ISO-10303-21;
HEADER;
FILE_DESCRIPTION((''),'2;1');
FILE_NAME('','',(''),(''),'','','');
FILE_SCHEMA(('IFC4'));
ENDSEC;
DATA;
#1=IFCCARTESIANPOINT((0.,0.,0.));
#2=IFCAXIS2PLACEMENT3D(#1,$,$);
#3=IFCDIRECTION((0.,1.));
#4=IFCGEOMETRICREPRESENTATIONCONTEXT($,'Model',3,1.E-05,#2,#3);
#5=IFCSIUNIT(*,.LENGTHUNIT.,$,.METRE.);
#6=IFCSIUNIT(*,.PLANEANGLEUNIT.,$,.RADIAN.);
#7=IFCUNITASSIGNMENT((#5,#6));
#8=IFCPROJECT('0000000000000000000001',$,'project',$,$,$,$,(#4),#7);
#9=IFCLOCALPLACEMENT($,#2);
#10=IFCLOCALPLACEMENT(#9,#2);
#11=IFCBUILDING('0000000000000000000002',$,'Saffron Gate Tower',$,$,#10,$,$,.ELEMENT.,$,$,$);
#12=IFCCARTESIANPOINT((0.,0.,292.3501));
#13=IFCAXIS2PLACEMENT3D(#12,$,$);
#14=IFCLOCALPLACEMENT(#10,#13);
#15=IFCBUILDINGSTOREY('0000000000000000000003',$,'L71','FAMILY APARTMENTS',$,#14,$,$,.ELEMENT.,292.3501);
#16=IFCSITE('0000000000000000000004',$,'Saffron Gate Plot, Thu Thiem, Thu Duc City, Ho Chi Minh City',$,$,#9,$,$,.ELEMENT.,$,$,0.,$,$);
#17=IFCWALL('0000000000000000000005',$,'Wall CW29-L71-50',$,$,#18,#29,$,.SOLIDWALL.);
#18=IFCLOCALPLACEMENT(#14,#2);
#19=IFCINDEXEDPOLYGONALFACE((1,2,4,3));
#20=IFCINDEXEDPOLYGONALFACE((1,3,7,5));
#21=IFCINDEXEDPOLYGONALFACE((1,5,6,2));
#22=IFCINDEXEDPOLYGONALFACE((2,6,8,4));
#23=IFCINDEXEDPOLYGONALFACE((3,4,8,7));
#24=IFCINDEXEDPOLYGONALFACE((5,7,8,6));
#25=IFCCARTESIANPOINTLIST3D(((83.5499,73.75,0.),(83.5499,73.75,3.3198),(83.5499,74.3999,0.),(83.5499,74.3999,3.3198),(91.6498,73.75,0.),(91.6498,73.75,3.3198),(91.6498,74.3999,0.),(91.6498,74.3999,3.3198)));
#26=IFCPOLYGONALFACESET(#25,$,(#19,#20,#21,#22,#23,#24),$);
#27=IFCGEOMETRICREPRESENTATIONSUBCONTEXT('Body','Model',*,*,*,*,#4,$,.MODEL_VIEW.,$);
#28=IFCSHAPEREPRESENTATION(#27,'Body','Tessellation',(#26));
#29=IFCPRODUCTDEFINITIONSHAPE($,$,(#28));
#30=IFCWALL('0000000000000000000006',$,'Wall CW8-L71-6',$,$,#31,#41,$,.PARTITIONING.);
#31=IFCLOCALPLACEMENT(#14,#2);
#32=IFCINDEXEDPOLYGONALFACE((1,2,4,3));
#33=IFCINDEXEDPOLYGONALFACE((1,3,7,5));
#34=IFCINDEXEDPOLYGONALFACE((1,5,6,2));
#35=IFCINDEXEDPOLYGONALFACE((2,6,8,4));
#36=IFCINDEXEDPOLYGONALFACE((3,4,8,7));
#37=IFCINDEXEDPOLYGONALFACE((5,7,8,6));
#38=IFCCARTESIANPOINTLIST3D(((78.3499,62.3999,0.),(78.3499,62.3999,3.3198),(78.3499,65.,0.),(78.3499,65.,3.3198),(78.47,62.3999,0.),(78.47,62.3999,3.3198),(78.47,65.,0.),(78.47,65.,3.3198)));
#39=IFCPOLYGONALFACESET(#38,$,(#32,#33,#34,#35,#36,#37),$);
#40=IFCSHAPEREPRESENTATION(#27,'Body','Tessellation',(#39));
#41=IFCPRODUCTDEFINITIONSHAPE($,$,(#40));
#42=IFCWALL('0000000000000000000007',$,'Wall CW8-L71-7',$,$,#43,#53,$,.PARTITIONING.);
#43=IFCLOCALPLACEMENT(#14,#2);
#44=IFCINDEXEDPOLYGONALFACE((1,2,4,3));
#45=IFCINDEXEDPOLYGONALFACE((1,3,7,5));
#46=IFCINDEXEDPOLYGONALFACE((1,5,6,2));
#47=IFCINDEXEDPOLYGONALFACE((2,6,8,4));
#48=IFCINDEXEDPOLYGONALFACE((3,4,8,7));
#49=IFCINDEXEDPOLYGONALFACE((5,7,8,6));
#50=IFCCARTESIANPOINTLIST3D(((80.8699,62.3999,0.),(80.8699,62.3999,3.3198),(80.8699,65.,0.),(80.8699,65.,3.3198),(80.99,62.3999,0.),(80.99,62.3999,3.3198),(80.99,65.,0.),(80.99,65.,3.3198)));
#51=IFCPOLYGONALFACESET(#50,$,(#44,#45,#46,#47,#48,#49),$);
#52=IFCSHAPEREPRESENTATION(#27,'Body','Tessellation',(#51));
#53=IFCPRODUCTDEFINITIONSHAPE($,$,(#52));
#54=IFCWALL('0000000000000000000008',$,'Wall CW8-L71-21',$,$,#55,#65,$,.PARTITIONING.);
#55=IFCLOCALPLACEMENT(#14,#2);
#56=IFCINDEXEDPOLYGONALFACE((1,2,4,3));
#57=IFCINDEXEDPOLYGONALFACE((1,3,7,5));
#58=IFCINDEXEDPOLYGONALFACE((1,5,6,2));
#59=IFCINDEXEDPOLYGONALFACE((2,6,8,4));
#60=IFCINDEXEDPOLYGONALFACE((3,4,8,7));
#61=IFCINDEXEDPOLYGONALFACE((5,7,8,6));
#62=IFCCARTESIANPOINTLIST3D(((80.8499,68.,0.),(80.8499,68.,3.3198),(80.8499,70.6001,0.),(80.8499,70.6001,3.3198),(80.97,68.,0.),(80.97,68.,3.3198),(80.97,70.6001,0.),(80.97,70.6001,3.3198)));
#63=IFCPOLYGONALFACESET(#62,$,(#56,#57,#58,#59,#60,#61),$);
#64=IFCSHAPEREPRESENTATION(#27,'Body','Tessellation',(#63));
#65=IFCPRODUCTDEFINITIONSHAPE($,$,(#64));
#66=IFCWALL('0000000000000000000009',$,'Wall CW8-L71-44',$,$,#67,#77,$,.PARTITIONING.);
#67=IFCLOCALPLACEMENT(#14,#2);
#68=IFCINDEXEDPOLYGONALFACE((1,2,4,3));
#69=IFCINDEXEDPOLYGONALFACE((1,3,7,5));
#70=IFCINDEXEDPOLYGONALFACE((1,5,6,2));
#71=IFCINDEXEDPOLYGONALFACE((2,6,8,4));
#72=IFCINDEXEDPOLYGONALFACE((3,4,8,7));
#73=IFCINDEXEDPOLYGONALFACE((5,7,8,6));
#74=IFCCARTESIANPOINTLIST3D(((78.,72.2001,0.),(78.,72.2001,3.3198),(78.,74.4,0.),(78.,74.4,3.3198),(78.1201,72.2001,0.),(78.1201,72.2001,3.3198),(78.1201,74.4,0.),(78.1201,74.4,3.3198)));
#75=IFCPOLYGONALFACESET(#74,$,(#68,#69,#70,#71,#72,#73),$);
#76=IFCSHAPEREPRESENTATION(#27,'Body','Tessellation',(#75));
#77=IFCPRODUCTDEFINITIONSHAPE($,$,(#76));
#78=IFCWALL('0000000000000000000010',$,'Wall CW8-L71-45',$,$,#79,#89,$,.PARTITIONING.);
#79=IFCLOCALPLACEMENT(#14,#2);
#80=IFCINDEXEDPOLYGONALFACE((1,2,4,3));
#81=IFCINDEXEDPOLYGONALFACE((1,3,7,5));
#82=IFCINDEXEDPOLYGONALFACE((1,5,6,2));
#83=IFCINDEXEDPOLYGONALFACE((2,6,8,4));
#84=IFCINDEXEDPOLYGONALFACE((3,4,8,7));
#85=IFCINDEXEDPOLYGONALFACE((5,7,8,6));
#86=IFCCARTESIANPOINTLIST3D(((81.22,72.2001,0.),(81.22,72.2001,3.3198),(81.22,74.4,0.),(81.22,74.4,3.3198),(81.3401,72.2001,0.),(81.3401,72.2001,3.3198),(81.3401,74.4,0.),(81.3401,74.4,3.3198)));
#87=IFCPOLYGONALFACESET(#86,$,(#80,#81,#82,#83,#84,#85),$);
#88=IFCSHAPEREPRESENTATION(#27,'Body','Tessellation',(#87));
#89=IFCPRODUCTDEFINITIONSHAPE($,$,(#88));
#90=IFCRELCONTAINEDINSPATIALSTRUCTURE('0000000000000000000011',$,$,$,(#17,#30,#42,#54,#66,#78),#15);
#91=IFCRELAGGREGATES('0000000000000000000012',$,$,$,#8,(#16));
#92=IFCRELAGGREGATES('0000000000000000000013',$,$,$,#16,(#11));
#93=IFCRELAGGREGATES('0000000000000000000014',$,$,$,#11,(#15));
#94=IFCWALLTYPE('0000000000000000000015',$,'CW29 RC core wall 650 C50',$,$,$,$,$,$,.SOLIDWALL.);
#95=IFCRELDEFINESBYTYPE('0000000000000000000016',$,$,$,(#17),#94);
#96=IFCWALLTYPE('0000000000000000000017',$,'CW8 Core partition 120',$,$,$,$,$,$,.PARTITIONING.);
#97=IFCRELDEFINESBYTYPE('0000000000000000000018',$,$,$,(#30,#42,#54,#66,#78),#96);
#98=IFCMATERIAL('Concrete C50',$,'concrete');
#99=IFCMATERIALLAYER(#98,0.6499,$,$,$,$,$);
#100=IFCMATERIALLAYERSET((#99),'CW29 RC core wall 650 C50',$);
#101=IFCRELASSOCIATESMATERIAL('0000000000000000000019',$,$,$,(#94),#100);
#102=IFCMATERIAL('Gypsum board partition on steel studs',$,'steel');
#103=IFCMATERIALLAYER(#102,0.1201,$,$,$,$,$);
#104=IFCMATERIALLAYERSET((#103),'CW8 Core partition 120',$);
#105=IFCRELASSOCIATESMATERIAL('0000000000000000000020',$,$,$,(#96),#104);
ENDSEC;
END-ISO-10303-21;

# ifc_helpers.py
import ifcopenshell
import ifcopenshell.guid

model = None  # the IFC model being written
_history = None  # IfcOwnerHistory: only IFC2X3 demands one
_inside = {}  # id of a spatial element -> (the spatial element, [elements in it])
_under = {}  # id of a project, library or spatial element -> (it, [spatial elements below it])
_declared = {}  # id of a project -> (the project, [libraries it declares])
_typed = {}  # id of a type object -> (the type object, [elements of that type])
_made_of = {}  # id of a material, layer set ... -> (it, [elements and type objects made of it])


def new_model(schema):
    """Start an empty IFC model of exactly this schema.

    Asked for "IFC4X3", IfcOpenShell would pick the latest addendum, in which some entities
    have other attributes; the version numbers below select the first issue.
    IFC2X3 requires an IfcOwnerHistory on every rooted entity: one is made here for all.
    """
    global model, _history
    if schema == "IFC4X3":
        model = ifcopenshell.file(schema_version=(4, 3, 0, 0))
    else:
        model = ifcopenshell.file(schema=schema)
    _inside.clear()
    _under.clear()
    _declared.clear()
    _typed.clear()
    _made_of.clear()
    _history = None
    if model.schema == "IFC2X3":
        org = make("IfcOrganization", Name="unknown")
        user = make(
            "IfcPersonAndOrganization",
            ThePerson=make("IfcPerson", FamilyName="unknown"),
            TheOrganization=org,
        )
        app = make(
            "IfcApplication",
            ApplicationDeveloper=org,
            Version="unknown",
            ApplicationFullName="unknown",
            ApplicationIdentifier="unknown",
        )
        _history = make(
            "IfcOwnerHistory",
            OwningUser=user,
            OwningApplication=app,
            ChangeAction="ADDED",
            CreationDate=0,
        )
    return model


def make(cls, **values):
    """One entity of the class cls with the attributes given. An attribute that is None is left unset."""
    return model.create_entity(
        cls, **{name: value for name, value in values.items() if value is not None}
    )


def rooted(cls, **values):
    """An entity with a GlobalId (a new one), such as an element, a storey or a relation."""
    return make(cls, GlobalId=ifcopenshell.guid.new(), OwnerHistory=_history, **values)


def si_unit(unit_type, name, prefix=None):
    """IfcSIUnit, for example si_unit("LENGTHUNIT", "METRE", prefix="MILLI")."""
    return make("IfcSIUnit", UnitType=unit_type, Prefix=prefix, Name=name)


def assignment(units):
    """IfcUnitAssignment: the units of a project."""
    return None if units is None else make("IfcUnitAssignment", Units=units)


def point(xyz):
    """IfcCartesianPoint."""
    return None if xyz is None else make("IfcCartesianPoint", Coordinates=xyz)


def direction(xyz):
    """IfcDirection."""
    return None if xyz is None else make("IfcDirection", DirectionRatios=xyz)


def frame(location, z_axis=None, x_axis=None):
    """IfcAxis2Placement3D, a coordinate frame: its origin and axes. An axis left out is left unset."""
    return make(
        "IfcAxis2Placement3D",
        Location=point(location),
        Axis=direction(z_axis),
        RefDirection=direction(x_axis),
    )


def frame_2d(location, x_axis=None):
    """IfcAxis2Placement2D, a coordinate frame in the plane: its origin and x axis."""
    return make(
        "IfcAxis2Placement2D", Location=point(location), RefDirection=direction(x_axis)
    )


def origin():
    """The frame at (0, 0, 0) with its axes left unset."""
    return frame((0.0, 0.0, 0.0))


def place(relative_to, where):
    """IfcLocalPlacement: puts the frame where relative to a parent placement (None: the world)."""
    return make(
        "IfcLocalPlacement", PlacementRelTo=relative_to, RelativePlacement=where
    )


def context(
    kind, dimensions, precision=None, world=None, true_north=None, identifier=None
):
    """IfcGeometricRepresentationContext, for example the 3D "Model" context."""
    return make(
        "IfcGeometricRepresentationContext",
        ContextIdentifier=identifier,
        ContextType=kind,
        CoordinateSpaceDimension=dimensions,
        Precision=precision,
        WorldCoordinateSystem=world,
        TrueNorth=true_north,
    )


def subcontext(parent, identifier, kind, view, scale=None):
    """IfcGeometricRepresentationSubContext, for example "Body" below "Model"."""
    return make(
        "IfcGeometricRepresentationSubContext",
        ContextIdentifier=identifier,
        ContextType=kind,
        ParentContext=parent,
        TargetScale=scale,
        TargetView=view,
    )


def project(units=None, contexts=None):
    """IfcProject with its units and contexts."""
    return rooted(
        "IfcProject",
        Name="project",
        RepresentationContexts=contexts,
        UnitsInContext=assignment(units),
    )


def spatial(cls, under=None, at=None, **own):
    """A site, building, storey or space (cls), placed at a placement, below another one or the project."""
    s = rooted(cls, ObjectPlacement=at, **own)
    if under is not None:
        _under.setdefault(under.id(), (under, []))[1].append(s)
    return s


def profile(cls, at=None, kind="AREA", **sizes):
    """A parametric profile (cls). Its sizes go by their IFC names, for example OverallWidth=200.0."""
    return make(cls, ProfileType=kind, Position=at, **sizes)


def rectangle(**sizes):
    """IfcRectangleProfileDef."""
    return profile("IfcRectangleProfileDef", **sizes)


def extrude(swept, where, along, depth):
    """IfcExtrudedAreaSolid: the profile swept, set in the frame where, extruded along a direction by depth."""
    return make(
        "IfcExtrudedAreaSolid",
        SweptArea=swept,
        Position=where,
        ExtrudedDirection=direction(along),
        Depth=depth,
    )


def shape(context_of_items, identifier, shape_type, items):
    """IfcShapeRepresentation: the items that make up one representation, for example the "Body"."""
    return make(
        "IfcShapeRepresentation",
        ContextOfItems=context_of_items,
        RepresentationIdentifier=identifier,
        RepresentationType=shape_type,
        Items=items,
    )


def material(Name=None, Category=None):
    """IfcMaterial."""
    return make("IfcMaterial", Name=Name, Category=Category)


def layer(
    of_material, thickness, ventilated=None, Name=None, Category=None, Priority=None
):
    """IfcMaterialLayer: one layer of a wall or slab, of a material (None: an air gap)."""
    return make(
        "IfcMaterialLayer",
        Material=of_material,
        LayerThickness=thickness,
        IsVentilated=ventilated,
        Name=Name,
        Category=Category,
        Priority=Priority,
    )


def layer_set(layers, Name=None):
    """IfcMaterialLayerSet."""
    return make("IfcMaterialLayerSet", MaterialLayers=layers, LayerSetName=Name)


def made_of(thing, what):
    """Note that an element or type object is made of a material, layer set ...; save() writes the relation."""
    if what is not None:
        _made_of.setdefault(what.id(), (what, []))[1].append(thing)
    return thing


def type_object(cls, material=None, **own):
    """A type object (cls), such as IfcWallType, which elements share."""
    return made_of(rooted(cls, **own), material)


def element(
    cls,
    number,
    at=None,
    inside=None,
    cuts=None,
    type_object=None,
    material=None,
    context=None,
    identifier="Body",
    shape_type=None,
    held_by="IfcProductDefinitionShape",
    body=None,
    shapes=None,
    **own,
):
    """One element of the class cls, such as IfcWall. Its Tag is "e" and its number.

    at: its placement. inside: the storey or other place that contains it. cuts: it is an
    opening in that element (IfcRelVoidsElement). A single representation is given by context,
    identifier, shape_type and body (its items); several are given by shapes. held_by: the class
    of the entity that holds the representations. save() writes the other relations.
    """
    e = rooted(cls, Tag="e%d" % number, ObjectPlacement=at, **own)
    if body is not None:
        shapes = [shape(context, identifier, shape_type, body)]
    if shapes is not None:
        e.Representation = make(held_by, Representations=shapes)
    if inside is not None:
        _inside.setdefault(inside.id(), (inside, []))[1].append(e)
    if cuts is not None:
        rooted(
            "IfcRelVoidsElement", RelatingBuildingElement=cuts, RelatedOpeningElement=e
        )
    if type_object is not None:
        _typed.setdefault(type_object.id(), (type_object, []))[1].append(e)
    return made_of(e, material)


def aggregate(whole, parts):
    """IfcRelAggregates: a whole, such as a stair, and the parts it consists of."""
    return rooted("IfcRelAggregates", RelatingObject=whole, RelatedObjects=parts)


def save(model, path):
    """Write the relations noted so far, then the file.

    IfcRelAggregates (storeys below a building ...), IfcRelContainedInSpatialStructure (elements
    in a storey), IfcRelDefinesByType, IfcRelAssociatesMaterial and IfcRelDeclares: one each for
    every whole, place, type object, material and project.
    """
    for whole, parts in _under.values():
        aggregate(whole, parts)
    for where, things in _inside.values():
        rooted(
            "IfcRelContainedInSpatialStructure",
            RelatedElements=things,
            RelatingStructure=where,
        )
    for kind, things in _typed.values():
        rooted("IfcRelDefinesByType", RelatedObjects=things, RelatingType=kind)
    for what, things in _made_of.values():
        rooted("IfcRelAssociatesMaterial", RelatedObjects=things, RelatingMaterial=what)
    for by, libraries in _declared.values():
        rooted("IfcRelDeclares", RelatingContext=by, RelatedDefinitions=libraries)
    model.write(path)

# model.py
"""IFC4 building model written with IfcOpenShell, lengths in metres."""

from ifc_helpers import new_model, si_unit, direction, frame, frame_2d, origin, place, context, subcontext, project, spatial, rectangle, extrude, material, layer, layer_set, type_object, element, save


model = new_model("IFC4")

# Units and contexts
model_context = context("Model", 3, precision=1e-05, world=origin(), true_north=direction((0.0, 1.0)))
body_context = subcontext(model_context, "Body", "Model", "MODEL_VIEW")
ifc_project = project(units=[si_unit("LENGTHUNIT", "METRE"), si_unit("PLANEANGLEUNIT", "RADIAN")], contexts=[model_context])

# Site, building, storey
site_placement = place(None, origin())
site = spatial("IfcSite", under=ifc_project, at=site_placement, Name="Saffron Gate Plot, Thu Thiem, Thu Duc City, Ho Chi Minh City", CompositionType="ELEMENT", RefElevation=0.0)
building_placement = place(site_placement, origin())
building = spatial("IfcBuilding", under=site, at=building_placement, Name="Saffron Gate Tower", CompositionType="ELEMENT")
storey_placement = place(building_placement, frame((0.0, 0.0, 292.3501)))
storey = spatial("IfcBuildingStorey", under=building, at=storey_placement, Name="L71", Description="FAMILY APARTMENTS", CompositionType="ELEMENT", Elevation=292.3501)

# Shared definitions
ifc_material_1 = material(Name="Concrete C50", Category="concrete")

# Walls
ifc_layer_1 = layer(ifc_material_1, 0.6499)
ifc_layer_set_1 = layer_set([ifc_layer_1], Name="CW29 RC core wall 650 C50")
wall_type_1 = type_object("IfcWallType", Name="CW29 RC core wall 650 C50", PredefinedType="SOLIDWALL", material=ifc_layer_set_1)
wall_1_placement = place(storey_placement, frame((83.55, 74.075, 0.0), z_axis=(0.0, 0.0, 1.0), x_axis=(1.0, 0.0, 0.0)))
element("IfcWall", 1, at=wall_1_placement, inside=storey, type_object=wall_type_1, Name="Wall CW29-L71-50", PredefinedType="SOLIDWALL", context=body_context, shape_type="SweptSolid", body=[
    extrude(rectangle(XDim=8.0999, YDim=0.6499, at=frame_2d((4.0498, 0.0))), origin(), (0.0, 0.0, 1.0), 3.3198),
])
ifc_material_2 = material(Name="Gypsum board partition on steel studs", Category="steel")
ifc_layer_2 = layer(ifc_material_2, 0.1201)
ifc_layer_set_2 = layer_set([ifc_layer_2], Name="CW8 Core partition 120")
wall_type_2 = type_object("IfcWallType", Name="CW8 Core partition 120", PredefinedType="PARTITIONING", material=ifc_layer_set_2)
for number, where, z_axis, x_axis, name in (
    (2, (78.4099, 62.3999, 0.0), (0.0, 0.0, 1.0), (0.0, 1.0, 0.0), "Wall CW8-L71-6"),
    (3, (80.9299, 62.3999, 0.0), (0.0, 0.0, 1.0), (0.0, 1.0, 0.0), "Wall CW8-L71-7"),
    (4, (80.9099, 68.0, 0.0), (0.0, 0.0, 1.0), (0.0, 1.0, 0.0), "Wall CW8-L71-21"),
):
    element("IfcWall", number, at=place(storey_placement, frame(where, z_axis=z_axis, x_axis=x_axis)), inside=storey, type_object=wall_type_2, Name=name, PredefinedType="PARTITIONING", context=body_context, shape_type="SweptSolid", body=[
        extrude(rectangle(XDim=2.6001, YDim=0.1201, at=frame_2d((1.3, 0.0))), origin(), (0.0, 0.0, 1.0), 3.3198),
    ])
for number, where, z_axis, x_axis, name in (
    (5, (78.0601, 72.2, 0.0), (0.0, 0.0, 1.0), (0.0, 1.0, 0.0), "Wall CW8-L71-44"),
    (6, (81.28, 72.2, 0.0), (0.0, 0.0, 1.0), (0.0, 1.0, 0.0), "Wall CW8-L71-45"),
):
    element("IfcWall", number, at=place(storey_placement, frame(where, z_axis=z_axis, x_axis=x_axis)), inside=storey, type_object=wall_type_2, Name=name, PredefinedType="PARTITIONING", context=body_context, shape_type="SweptSolid", body=[
        extrude(rectangle(XDim=2.2, YDim=0.1201, at=frame_2d((1.1001, 0.0))), origin(), (0.0, 0.0, 1.0), 3.3198),
    ])

save(model, "model.ifc")
